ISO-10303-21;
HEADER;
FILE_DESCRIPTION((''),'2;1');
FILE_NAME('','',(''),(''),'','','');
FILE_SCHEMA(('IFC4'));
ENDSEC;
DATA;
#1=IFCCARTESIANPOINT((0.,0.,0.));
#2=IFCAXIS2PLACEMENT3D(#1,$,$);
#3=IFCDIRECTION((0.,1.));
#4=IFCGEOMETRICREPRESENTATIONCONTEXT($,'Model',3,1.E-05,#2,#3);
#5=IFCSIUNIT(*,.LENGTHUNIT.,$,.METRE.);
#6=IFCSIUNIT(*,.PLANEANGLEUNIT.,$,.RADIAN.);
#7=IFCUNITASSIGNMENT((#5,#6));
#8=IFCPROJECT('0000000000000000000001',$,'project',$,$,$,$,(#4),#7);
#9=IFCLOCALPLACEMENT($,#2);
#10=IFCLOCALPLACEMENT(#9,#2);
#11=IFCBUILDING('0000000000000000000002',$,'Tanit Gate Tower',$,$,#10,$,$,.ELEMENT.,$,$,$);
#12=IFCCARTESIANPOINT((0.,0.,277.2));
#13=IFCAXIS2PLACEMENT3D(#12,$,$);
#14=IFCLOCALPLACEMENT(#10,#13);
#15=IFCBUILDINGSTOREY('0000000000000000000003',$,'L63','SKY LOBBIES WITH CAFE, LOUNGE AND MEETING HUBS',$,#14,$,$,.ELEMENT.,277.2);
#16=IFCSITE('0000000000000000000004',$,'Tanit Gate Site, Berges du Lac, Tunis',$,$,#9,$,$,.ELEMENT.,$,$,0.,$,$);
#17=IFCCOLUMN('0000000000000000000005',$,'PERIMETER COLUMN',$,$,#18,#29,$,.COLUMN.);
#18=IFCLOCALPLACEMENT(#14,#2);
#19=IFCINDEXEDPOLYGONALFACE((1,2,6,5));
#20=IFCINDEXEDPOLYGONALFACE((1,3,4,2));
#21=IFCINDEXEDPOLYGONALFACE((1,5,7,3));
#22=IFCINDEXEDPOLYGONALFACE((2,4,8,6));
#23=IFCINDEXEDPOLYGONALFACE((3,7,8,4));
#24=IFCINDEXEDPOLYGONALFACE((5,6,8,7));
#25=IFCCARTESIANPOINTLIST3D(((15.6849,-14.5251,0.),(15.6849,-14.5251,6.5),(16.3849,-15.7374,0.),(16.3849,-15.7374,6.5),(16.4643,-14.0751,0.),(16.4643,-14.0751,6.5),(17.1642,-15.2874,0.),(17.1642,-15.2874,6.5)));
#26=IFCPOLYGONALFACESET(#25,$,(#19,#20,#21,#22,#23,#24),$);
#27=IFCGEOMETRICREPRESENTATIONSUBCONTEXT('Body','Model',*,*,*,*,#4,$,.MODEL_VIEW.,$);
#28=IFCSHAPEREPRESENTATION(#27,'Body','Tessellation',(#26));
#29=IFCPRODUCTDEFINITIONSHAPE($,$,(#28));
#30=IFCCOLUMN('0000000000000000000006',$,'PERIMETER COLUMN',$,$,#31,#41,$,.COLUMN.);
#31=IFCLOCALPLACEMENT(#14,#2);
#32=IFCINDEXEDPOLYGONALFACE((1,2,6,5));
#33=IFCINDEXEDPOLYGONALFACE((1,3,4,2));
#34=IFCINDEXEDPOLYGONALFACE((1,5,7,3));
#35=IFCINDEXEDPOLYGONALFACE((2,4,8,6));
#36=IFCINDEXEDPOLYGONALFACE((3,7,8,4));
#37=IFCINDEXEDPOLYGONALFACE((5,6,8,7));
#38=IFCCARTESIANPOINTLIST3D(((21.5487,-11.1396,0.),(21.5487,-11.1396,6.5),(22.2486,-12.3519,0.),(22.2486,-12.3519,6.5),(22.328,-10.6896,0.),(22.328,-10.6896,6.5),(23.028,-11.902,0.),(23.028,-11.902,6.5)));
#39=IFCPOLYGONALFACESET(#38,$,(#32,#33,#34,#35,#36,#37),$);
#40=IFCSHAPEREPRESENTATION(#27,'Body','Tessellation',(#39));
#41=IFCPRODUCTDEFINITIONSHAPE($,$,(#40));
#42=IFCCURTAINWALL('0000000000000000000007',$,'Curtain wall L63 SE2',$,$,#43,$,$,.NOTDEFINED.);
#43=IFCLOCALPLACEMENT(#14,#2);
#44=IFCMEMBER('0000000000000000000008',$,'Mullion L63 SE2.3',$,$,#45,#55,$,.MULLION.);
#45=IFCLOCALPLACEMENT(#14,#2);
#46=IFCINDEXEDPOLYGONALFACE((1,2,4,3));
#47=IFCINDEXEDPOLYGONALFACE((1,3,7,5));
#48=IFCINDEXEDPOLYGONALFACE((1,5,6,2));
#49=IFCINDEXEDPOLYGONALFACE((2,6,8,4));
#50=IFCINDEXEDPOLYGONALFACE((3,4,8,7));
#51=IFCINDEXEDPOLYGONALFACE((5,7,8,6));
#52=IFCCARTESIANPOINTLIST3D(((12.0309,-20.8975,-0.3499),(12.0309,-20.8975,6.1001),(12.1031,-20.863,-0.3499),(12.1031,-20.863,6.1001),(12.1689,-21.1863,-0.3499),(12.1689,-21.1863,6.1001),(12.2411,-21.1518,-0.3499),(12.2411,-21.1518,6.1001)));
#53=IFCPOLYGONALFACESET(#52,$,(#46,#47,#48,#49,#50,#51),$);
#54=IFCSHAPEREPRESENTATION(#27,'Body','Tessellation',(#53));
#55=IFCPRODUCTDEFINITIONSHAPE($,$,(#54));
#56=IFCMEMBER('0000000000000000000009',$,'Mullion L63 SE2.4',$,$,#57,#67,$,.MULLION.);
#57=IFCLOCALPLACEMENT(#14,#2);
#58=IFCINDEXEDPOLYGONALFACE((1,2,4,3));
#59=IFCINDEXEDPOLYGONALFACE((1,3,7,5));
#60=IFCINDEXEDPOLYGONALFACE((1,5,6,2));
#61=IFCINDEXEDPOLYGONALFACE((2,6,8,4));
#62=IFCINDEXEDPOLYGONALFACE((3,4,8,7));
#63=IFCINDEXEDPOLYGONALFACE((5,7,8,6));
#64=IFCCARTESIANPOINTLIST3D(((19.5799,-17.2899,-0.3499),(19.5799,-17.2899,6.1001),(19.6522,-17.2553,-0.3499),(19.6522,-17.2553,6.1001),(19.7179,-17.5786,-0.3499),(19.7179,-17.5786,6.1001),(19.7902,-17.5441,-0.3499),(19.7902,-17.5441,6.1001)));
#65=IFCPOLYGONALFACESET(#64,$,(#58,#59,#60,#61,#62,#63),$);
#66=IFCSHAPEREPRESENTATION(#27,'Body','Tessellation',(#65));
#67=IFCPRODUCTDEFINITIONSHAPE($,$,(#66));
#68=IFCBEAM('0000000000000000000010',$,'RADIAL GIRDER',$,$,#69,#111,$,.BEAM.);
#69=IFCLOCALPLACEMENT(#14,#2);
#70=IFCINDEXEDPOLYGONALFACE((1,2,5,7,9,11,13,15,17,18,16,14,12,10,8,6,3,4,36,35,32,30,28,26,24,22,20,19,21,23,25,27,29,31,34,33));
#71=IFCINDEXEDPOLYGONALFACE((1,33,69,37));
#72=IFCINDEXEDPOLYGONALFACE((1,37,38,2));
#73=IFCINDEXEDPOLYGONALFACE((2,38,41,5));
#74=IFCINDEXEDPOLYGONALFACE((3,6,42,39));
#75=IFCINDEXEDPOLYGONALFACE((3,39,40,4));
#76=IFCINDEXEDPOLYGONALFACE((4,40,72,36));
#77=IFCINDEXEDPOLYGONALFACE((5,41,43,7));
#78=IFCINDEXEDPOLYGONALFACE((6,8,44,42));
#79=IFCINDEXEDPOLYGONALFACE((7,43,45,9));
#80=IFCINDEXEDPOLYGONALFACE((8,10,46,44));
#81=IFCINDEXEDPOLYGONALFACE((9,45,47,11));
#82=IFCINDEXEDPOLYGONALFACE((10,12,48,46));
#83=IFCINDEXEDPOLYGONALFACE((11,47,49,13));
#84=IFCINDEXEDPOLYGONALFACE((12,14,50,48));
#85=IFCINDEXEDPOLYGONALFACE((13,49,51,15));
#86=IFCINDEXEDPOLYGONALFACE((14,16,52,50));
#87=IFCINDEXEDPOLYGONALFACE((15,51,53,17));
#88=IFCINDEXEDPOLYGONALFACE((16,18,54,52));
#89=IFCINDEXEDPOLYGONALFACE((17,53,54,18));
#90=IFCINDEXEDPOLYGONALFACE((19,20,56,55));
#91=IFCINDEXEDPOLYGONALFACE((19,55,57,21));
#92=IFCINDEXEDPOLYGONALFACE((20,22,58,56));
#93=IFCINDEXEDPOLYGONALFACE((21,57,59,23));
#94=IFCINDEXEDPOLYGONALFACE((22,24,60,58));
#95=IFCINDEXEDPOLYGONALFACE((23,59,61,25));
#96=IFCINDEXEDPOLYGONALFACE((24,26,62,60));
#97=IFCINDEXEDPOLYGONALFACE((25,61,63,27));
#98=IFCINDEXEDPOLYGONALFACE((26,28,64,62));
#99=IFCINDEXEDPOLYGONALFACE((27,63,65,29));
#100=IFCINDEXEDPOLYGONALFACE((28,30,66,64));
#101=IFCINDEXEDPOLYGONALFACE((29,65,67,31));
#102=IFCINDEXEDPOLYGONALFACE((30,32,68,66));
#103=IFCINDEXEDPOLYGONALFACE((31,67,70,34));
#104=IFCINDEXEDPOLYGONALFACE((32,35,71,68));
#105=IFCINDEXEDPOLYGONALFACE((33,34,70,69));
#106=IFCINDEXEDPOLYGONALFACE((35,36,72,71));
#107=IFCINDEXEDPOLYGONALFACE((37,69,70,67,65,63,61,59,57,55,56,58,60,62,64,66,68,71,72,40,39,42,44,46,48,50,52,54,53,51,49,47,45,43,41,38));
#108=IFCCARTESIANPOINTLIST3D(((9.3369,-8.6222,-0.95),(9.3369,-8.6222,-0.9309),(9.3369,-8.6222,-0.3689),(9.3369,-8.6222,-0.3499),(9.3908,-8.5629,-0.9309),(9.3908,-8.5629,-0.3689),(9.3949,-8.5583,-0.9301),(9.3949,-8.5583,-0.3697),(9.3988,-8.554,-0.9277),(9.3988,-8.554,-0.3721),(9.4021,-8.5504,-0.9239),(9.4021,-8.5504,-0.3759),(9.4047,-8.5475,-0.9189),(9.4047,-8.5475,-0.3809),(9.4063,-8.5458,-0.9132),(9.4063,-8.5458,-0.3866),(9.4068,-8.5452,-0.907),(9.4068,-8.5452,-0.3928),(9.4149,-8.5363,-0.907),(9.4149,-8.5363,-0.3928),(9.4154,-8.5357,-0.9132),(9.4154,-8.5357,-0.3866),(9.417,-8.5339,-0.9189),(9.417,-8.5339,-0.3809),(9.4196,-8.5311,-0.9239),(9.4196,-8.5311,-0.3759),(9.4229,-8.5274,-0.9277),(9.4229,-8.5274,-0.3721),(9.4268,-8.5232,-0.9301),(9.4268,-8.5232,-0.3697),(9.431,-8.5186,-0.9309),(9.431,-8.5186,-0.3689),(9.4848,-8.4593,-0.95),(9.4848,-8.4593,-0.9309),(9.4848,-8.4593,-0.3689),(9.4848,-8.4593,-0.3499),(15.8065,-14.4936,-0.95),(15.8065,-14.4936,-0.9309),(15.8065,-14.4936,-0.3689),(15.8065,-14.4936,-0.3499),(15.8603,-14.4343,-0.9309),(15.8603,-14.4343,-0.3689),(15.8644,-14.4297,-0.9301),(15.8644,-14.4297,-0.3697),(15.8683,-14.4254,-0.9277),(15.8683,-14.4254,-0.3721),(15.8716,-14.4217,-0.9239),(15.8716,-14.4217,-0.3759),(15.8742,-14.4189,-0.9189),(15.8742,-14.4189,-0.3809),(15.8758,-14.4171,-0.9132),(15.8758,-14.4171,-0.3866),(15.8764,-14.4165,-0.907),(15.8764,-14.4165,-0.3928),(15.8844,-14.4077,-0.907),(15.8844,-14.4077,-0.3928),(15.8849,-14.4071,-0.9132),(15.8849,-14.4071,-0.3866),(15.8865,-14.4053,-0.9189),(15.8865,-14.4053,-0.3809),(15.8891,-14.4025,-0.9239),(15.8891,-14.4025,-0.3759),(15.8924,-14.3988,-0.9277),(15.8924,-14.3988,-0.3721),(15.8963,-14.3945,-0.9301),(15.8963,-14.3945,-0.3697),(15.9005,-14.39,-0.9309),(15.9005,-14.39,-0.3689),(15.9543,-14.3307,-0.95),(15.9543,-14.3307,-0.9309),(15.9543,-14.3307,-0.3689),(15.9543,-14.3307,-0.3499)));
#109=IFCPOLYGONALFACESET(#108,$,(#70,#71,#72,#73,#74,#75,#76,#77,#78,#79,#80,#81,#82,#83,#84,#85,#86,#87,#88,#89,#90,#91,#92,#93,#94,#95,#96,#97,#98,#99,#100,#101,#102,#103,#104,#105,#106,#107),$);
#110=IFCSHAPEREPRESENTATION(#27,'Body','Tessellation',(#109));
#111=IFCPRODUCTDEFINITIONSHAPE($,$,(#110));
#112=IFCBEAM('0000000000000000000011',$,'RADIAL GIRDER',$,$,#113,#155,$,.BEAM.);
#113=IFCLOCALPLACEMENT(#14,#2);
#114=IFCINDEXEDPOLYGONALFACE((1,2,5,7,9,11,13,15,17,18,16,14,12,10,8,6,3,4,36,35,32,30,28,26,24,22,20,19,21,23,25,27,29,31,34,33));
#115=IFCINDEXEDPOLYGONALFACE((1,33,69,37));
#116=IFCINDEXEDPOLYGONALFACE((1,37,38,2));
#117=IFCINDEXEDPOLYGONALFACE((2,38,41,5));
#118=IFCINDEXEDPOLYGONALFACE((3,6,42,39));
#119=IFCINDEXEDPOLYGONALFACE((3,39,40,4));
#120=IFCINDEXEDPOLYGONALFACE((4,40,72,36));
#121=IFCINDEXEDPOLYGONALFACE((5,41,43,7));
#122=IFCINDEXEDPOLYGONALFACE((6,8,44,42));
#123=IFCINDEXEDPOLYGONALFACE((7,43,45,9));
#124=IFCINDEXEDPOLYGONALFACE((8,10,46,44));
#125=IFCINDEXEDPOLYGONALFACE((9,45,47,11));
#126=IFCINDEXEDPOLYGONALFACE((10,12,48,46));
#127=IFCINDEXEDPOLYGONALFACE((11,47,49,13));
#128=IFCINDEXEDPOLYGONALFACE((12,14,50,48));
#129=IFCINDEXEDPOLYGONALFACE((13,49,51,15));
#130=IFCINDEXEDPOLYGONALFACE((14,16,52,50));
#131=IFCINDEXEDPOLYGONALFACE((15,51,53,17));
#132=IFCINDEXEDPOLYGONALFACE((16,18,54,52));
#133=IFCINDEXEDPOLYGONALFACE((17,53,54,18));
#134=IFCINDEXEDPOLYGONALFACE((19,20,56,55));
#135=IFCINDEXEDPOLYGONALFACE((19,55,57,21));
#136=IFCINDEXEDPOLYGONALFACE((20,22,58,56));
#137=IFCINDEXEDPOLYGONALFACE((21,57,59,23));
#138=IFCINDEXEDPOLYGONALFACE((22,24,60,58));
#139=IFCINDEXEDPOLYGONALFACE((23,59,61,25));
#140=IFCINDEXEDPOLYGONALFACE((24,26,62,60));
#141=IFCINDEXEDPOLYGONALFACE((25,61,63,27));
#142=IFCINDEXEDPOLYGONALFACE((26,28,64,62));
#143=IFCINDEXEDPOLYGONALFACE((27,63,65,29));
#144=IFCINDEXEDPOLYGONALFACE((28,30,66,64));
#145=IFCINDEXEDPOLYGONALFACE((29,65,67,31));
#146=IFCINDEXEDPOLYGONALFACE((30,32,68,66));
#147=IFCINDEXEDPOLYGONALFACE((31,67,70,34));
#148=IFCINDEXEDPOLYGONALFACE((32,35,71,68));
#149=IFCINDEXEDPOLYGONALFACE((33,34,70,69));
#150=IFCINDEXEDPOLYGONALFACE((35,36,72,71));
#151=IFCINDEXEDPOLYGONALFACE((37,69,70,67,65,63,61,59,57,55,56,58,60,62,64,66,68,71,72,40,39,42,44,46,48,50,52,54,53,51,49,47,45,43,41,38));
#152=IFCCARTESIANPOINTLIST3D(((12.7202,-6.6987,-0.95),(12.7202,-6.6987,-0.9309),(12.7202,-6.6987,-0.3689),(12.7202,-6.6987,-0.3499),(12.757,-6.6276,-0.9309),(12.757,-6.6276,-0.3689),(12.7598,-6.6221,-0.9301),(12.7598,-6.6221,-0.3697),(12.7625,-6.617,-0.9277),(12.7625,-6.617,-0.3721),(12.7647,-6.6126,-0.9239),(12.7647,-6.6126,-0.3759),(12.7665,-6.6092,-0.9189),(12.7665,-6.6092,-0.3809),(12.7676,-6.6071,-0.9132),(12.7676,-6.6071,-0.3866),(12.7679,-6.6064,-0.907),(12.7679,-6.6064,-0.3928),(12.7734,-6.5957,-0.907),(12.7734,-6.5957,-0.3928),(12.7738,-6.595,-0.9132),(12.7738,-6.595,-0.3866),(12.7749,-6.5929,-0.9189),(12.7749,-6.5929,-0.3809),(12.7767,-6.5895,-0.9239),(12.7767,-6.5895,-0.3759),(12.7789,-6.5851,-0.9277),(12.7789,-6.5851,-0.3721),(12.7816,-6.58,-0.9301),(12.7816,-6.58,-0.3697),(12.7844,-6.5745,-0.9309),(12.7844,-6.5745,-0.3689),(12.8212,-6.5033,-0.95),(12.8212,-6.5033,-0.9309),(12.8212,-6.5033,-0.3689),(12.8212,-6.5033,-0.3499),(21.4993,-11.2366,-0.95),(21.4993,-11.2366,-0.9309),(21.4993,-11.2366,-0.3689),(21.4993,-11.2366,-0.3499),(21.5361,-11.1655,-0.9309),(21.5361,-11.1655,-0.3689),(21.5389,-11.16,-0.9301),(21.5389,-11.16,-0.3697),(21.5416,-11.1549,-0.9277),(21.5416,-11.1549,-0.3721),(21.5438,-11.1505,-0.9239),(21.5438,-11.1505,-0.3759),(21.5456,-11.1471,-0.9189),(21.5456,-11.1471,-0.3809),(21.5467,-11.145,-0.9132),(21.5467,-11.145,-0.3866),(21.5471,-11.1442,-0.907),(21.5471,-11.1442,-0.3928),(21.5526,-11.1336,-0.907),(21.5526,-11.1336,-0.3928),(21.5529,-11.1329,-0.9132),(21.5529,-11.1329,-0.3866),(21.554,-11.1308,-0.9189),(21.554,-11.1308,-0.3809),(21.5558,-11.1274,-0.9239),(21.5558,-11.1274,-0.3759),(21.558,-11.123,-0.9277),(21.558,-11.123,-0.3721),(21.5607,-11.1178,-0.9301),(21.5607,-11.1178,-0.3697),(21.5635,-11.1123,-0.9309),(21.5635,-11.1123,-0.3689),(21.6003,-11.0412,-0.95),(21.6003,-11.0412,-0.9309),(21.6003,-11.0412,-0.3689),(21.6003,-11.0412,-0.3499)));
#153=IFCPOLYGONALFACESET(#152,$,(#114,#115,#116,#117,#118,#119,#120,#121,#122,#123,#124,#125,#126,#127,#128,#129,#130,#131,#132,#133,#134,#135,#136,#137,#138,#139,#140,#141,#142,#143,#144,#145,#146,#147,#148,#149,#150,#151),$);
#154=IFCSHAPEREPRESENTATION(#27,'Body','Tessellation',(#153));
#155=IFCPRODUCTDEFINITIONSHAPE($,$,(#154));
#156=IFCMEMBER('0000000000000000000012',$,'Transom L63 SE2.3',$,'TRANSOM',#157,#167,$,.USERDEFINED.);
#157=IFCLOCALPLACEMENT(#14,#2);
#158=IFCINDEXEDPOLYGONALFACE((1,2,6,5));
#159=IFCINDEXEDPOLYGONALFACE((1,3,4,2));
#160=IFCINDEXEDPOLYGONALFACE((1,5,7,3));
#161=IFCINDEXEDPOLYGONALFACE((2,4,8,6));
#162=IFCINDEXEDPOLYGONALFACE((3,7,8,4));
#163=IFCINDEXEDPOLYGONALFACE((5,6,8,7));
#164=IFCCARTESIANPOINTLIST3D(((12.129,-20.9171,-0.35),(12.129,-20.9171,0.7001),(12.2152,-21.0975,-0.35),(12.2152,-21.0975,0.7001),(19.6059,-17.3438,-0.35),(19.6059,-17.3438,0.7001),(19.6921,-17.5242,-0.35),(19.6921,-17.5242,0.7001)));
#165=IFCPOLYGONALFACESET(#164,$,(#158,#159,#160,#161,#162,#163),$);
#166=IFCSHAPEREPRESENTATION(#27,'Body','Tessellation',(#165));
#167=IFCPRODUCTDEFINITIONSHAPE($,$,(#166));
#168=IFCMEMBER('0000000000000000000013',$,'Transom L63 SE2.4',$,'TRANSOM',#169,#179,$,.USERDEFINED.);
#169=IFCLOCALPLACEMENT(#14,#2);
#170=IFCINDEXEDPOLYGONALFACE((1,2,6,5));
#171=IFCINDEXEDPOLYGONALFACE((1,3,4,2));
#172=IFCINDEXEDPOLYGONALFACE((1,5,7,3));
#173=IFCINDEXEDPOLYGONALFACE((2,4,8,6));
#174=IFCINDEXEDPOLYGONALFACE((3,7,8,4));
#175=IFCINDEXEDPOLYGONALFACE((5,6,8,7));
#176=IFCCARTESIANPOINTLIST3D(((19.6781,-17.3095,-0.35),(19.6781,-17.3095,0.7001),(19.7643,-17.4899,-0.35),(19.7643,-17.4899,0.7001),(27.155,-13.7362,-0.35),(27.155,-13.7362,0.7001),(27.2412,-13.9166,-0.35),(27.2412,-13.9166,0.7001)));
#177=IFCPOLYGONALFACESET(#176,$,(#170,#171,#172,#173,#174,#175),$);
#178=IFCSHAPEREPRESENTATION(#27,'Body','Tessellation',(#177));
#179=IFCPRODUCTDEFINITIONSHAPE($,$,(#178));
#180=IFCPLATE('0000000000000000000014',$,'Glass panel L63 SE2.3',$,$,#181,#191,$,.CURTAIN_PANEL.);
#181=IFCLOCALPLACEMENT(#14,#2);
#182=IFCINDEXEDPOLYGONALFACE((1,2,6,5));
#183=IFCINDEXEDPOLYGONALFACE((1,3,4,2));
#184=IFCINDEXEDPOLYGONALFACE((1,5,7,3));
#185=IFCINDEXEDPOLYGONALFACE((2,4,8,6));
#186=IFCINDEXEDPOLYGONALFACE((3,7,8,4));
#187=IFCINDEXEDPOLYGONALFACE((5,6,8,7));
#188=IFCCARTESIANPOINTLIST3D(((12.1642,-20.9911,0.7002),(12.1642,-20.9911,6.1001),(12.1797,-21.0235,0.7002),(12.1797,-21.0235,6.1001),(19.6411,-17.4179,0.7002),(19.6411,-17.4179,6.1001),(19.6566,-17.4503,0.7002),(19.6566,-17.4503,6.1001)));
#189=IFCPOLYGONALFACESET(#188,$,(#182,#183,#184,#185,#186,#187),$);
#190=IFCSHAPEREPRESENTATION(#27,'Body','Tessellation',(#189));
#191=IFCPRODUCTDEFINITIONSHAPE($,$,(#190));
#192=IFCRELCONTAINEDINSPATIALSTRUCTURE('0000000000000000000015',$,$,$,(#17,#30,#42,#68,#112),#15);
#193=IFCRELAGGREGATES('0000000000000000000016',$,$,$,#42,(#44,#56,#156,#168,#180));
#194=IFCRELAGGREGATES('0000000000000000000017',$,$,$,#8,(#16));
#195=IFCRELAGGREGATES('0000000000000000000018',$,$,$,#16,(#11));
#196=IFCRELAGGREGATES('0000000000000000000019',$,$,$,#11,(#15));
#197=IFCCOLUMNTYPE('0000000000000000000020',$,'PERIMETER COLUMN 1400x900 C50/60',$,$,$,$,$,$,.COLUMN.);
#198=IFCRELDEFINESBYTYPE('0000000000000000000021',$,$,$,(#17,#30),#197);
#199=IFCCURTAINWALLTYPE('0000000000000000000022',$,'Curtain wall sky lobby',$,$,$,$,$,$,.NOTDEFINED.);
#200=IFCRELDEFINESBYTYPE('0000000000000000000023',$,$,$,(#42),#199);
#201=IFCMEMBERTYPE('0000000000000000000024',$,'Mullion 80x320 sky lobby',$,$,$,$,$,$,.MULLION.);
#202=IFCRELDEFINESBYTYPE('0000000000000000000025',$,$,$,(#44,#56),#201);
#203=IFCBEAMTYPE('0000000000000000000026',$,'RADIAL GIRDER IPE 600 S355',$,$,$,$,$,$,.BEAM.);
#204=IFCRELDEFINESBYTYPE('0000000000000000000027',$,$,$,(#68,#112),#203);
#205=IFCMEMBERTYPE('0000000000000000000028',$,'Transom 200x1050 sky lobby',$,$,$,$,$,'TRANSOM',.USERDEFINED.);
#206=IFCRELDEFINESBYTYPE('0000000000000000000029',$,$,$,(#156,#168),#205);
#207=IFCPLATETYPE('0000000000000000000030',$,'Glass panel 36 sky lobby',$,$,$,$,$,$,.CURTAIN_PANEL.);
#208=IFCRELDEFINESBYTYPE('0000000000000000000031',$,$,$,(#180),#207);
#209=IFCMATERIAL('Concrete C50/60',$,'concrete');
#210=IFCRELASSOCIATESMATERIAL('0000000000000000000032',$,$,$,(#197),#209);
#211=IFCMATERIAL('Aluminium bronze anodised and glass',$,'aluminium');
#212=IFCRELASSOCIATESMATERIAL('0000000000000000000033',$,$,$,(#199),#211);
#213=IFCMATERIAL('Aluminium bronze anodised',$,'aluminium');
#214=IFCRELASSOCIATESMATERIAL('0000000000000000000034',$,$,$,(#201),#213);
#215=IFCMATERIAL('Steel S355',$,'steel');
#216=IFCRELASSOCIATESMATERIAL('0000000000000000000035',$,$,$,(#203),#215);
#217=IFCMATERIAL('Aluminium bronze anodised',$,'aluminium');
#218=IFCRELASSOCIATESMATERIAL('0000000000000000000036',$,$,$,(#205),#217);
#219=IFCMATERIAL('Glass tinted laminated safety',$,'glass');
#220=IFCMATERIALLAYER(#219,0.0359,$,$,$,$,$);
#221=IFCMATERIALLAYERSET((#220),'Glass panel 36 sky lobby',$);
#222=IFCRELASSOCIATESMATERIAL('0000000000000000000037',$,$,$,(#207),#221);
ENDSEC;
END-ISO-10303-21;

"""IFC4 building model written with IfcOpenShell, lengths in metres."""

from ifc_helpers import new_model, si_unit, direction, frame, origin, origin_2d, place, context, subcontext, project, spatial, rectangle, i_section, extrude, material, layer, layer_set, material_profile, profile_set, type_object, element, aggregate, save


model = new_model("IFC4")

# Units and contexts
model_context = context("Model", 3, precision=1e-05, world=origin(), true_north=direction((0.0, 1.0)))
body_context = subcontext(model_context, "Body", "Model", "MODEL_VIEW")
ifc_project = project(units=[si_unit("LENGTHUNIT", "METRE"), si_unit("PLANEANGLEUNIT", "RADIAN")], contexts=[model_context])

# Site, building, storey
site_placement = place(None, origin())
site = spatial("IfcSite", under=ifc_project, at=site_placement, Name="Tanit Gate Site, Berges du Lac, Tunis", CompositionType="ELEMENT", RefElevation=0.0)
building_placement = place(site_placement, origin())
building = spatial("IfcBuilding", under=site, at=building_placement, Name="Tanit Gate Tower", CompositionType="ELEMENT")
storey_placement = place(building_placement, frame((0.0, 0.0, 277.2)))
storey = spatial("IfcBuildingStorey", under=building, at=storey_placement, Name="L63", Description="SKY LOBBIES WITH CAFE, LOUNGE AND MEETING HUBS", CompositionType="ELEMENT", Elevation=277.2)

# Columns
ifc_material_1 = material(Name="Concrete C50/60", Category="concrete")
ifc_material_profile_1 = material_profile(ifc_material_1, rectangle(XDim=1.3999, YDim=0.8999, at=origin_2d()), Name="RC 1400x900")
ifc_profile_set_1 = profile_set([ifc_material_profile_1], Name="Concrete C50/60")
column_type = type_object("IfcColumnType", Name="PERIMETER COLUMN 1400x900 C50/60", PredefinedType="COLUMN", material=ifc_profile_set_1)
for number, where, z_axis, x_axis, name in (
    (1, (16.4246, -14.9062, 0.0), (0.0, 0.0, 1.0), (0.5, -0.866025, 0.0), "PERIMETER COLUMN"),
    (2, (22.2883, -11.5208, 0.0), (0.0, 0.0, 1.0), (0.5, -0.866025, 0.0), "PERIMETER COLUMN"),
):
    element("IfcColumn", number, at=place(storey_placement, frame(where, z_axis=z_axis, x_axis=x_axis)), inside=storey, type_object=column_type, Name=name, PredefinedType="COLUMN", context=body_context, shape_type="SweptSolid", body=[
        extrude(rectangle(XDim=1.3999, YDim=0.8999, at=origin_2d()), origin(), (0.0, 0.0, 1.0), 6.5),
    ])

# Curtain wall, members
ifc_material_2 = material(Name="Aluminium bronze anodised and glass", Category="aluminium")
curtain_wall_type = type_object("IfcCurtainWallType", Name="Curtain wall sky lobby", PredefinedType="NOTDEFINED", material=ifc_material_2)
curtain_wall_placement = place(storey_placement, origin())
curtain_wall = element("IfcCurtainWall", 3, at=curtain_wall_placement, inside=storey, type_object=curtain_wall_type, Name="Curtain wall L63 SE2", PredefinedType="NOTDEFINED")
ifc_material_3 = material(Name="Aluminium bronze anodised", Category="aluminium")
ifc_material_profile_2 = material_profile(ifc_material_3, rectangle(XDim=0.3201, YDim=0.0801, at=origin_2d()), Name="80x320 bronze mullion")
ifc_profile_set_2 = profile_set([ifc_material_profile_2], Name="Aluminium bronze anodised")
member_type_1 = type_object("IfcMemberType", Name="Mullion 80x320 sky lobby", PredefinedType="MULLION", material=ifc_profile_set_2)
member_1_placement = place(storey_placement, frame((12.136, -21.0247, -0.3499), z_axis=(0.0, 0.0, 1.0), x_axis=(-0.431197, 0.902258, 0.0)))
member_1 = element("IfcMember", 4, at=member_1_placement, type_object=member_type_1, Name="Mullion L63 SE2.3", PredefinedType="MULLION", context=body_context, shape_type="SweptSolid", body=[
    extrude(rectangle(XDim=0.3201, YDim=0.0801, at=origin_2d()), origin(), (0.0, 0.0, 1.0), 6.45),
])
member_2_placement = place(storey_placement, frame((19.6851, -17.417, -0.3499), z_axis=(0.0, 0.0, 1.0), x_axis=(-0.431197, 0.902258, 0.0)))
member_2 = element("IfcMember", 5, at=member_2_placement, type_object=member_type_1, Name="Mullion L63 SE2.4", PredefinedType="MULLION", context=body_context, shape_type="SweptSolid", body=[
    extrude(rectangle(XDim=0.3201, YDim=0.0801, at=origin_2d()), origin(), (0.0, 0.0, 1.0), 6.45),
])

# Beams
ifc_material_4 = material(Name="Steel S355", Category="steel")
ifc_material_profile_3 = material_profile(ifc_material_4, i_section(OverallWidth=0.22, OverallDepth=0.6001, WebThickness=0.012, FlangeThickness=0.019, FilletRadius=0.0239, at=origin_2d()), Name="IPE 600")
ifc_profile_set_3 = profile_set([ifc_material_profile_3], Name="Steel S355")
beam_type = type_object("IfcBeamType", Name="RADIAL GIRDER IPE 600 S355", PredefinedType="BEAM", material=ifc_profile_set_3)
beam_1_placement = place(storey_placement, frame((15.8804, -14.4121, -0.6499), z_axis=(-0.74051, 0.672045, 0.0), x_axis=(-0.672045, -0.74051, 0.0)))
element("IfcBeam", 6, at=beam_1_placement, inside=storey, type_object=beam_type, Name="RADIAL GIRDER", PredefinedType="BEAM", context=body_context, shape_type="SweptSolid", body=[
    extrude(i_section(OverallWidth=0.22, OverallDepth=0.6001, WebThickness=0.012, FlangeThickness=0.019, FilletRadius=0.0239, at=origin_2d()), origin(), (0.0, 0.0, 1.0), 8.7366),
])
beam_2_placement = place(storey_placement, frame((21.5498, -11.1389, -0.6499), z_axis=(-0.888343, 0.45918, 0.0), x_axis=(-0.45918, -0.888343, 0.0)))
element("IfcBeam", 7, at=beam_2_placement, inside=storey, type_object=beam_type, Name="RADIAL GIRDER", PredefinedType="BEAM", context=body_context, shape_type="SweptSolid", body=[
    extrude(i_section(OverallWidth=0.22, OverallDepth=0.6001, WebThickness=0.012, FlangeThickness=0.019, FilletRadius=0.0239, at=origin_2d()), origin(), (0.0, 0.0, 1.0), 9.8826),
])

# Members
ifc_material_5 = material(Name="Aluminium bronze anodised", Category="aluminium")
ifc_material_profile_4 = material_profile(ifc_material_5, rectangle(XDim=0.2, YDim=1.05, at=origin_2d()), Name="200x1050 bronze transom")
ifc_profile_set_4 = profile_set([ifc_material_profile_4], Name="Aluminium bronze anodised")
member_type_2 = type_object("IfcMemberType", Name="Transom 200x1050 sky lobby", ElementType="TRANSOM", PredefinedType="USERDEFINED", material=ifc_profile_set_4)
member_3_placement = place(storey_placement, frame((12.1721, -21.0073, 0.175), z_axis=(0.902257, 0.431198, 0.0), x_axis=(-0.431198, 0.902257, 0.0)))
member_3 = element("IfcMember", 8, at=member_3_placement, type_object=member_type_2, Name="Transom L63 SE2.3", ObjectType="TRANSOM", PredefinedType="USERDEFINED", context=body_context, shape_type="SweptSolid", body=[
    extrude(rectangle(XDim=0.2, YDim=1.05, at=origin_2d()), origin(), (0.0, 0.0, 1.0), 8.2869),
])
member_4_placement = place(storey_placement, frame((19.7212, -17.3997, 0.175), z_axis=(0.902257, 0.431198, 0.0), x_axis=(-0.431198, 0.902257, 0.0)))
member_4 = element("IfcMember", 9, at=member_4_placement, type_object=member_type_2, Name="Transom L63 SE2.4", ObjectType="TRANSOM", PredefinedType="USERDEFINED", context=body_context, shape_type="SweptSolid", body=[
    extrude(rectangle(XDim=0.2, YDim=1.05, at=origin_2d()), origin(), (0.0, 0.0, 1.0), 8.2869),
])

# Plate
ifc_material_6 = material(Name="Glass tinted laminated safety", Category="glass")
ifc_layer_1 = layer(ifc_material_6, 0.0359)
ifc_layer_set_1 = layer_set([ifc_layer_1], Name="Glass panel 36 sky lobby")
plate_type = type_object("IfcPlateType", Name="Glass panel 36 sky lobby", PredefinedType="CURTAIN_PANEL", material=ifc_layer_set_1)
plate_1_placement = place(storey_placement, frame((15.9104, -19.2207, 0.7002), z_axis=(0.0, 0.0, 1.0), x_axis=(0.902258, 0.431197, 0.0)))
plate_1 = element("IfcPlate", 10, at=plate_1_placement, type_object=plate_type, Name="Glass panel L63 SE2.3", PredefinedType="CURTAIN_PANEL", context=body_context, shape_type="SweptSolid", body=[
    extrude(rectangle(XDim=8.2869, YDim=0.0359, at=origin_2d()), origin(), (0.0, 0.0, 1.0), 5.3999),
])
aggregate(curtain_wall, [member_1, member_2, member_3, member_4, plate_1])

save(model, "model.ifc")
